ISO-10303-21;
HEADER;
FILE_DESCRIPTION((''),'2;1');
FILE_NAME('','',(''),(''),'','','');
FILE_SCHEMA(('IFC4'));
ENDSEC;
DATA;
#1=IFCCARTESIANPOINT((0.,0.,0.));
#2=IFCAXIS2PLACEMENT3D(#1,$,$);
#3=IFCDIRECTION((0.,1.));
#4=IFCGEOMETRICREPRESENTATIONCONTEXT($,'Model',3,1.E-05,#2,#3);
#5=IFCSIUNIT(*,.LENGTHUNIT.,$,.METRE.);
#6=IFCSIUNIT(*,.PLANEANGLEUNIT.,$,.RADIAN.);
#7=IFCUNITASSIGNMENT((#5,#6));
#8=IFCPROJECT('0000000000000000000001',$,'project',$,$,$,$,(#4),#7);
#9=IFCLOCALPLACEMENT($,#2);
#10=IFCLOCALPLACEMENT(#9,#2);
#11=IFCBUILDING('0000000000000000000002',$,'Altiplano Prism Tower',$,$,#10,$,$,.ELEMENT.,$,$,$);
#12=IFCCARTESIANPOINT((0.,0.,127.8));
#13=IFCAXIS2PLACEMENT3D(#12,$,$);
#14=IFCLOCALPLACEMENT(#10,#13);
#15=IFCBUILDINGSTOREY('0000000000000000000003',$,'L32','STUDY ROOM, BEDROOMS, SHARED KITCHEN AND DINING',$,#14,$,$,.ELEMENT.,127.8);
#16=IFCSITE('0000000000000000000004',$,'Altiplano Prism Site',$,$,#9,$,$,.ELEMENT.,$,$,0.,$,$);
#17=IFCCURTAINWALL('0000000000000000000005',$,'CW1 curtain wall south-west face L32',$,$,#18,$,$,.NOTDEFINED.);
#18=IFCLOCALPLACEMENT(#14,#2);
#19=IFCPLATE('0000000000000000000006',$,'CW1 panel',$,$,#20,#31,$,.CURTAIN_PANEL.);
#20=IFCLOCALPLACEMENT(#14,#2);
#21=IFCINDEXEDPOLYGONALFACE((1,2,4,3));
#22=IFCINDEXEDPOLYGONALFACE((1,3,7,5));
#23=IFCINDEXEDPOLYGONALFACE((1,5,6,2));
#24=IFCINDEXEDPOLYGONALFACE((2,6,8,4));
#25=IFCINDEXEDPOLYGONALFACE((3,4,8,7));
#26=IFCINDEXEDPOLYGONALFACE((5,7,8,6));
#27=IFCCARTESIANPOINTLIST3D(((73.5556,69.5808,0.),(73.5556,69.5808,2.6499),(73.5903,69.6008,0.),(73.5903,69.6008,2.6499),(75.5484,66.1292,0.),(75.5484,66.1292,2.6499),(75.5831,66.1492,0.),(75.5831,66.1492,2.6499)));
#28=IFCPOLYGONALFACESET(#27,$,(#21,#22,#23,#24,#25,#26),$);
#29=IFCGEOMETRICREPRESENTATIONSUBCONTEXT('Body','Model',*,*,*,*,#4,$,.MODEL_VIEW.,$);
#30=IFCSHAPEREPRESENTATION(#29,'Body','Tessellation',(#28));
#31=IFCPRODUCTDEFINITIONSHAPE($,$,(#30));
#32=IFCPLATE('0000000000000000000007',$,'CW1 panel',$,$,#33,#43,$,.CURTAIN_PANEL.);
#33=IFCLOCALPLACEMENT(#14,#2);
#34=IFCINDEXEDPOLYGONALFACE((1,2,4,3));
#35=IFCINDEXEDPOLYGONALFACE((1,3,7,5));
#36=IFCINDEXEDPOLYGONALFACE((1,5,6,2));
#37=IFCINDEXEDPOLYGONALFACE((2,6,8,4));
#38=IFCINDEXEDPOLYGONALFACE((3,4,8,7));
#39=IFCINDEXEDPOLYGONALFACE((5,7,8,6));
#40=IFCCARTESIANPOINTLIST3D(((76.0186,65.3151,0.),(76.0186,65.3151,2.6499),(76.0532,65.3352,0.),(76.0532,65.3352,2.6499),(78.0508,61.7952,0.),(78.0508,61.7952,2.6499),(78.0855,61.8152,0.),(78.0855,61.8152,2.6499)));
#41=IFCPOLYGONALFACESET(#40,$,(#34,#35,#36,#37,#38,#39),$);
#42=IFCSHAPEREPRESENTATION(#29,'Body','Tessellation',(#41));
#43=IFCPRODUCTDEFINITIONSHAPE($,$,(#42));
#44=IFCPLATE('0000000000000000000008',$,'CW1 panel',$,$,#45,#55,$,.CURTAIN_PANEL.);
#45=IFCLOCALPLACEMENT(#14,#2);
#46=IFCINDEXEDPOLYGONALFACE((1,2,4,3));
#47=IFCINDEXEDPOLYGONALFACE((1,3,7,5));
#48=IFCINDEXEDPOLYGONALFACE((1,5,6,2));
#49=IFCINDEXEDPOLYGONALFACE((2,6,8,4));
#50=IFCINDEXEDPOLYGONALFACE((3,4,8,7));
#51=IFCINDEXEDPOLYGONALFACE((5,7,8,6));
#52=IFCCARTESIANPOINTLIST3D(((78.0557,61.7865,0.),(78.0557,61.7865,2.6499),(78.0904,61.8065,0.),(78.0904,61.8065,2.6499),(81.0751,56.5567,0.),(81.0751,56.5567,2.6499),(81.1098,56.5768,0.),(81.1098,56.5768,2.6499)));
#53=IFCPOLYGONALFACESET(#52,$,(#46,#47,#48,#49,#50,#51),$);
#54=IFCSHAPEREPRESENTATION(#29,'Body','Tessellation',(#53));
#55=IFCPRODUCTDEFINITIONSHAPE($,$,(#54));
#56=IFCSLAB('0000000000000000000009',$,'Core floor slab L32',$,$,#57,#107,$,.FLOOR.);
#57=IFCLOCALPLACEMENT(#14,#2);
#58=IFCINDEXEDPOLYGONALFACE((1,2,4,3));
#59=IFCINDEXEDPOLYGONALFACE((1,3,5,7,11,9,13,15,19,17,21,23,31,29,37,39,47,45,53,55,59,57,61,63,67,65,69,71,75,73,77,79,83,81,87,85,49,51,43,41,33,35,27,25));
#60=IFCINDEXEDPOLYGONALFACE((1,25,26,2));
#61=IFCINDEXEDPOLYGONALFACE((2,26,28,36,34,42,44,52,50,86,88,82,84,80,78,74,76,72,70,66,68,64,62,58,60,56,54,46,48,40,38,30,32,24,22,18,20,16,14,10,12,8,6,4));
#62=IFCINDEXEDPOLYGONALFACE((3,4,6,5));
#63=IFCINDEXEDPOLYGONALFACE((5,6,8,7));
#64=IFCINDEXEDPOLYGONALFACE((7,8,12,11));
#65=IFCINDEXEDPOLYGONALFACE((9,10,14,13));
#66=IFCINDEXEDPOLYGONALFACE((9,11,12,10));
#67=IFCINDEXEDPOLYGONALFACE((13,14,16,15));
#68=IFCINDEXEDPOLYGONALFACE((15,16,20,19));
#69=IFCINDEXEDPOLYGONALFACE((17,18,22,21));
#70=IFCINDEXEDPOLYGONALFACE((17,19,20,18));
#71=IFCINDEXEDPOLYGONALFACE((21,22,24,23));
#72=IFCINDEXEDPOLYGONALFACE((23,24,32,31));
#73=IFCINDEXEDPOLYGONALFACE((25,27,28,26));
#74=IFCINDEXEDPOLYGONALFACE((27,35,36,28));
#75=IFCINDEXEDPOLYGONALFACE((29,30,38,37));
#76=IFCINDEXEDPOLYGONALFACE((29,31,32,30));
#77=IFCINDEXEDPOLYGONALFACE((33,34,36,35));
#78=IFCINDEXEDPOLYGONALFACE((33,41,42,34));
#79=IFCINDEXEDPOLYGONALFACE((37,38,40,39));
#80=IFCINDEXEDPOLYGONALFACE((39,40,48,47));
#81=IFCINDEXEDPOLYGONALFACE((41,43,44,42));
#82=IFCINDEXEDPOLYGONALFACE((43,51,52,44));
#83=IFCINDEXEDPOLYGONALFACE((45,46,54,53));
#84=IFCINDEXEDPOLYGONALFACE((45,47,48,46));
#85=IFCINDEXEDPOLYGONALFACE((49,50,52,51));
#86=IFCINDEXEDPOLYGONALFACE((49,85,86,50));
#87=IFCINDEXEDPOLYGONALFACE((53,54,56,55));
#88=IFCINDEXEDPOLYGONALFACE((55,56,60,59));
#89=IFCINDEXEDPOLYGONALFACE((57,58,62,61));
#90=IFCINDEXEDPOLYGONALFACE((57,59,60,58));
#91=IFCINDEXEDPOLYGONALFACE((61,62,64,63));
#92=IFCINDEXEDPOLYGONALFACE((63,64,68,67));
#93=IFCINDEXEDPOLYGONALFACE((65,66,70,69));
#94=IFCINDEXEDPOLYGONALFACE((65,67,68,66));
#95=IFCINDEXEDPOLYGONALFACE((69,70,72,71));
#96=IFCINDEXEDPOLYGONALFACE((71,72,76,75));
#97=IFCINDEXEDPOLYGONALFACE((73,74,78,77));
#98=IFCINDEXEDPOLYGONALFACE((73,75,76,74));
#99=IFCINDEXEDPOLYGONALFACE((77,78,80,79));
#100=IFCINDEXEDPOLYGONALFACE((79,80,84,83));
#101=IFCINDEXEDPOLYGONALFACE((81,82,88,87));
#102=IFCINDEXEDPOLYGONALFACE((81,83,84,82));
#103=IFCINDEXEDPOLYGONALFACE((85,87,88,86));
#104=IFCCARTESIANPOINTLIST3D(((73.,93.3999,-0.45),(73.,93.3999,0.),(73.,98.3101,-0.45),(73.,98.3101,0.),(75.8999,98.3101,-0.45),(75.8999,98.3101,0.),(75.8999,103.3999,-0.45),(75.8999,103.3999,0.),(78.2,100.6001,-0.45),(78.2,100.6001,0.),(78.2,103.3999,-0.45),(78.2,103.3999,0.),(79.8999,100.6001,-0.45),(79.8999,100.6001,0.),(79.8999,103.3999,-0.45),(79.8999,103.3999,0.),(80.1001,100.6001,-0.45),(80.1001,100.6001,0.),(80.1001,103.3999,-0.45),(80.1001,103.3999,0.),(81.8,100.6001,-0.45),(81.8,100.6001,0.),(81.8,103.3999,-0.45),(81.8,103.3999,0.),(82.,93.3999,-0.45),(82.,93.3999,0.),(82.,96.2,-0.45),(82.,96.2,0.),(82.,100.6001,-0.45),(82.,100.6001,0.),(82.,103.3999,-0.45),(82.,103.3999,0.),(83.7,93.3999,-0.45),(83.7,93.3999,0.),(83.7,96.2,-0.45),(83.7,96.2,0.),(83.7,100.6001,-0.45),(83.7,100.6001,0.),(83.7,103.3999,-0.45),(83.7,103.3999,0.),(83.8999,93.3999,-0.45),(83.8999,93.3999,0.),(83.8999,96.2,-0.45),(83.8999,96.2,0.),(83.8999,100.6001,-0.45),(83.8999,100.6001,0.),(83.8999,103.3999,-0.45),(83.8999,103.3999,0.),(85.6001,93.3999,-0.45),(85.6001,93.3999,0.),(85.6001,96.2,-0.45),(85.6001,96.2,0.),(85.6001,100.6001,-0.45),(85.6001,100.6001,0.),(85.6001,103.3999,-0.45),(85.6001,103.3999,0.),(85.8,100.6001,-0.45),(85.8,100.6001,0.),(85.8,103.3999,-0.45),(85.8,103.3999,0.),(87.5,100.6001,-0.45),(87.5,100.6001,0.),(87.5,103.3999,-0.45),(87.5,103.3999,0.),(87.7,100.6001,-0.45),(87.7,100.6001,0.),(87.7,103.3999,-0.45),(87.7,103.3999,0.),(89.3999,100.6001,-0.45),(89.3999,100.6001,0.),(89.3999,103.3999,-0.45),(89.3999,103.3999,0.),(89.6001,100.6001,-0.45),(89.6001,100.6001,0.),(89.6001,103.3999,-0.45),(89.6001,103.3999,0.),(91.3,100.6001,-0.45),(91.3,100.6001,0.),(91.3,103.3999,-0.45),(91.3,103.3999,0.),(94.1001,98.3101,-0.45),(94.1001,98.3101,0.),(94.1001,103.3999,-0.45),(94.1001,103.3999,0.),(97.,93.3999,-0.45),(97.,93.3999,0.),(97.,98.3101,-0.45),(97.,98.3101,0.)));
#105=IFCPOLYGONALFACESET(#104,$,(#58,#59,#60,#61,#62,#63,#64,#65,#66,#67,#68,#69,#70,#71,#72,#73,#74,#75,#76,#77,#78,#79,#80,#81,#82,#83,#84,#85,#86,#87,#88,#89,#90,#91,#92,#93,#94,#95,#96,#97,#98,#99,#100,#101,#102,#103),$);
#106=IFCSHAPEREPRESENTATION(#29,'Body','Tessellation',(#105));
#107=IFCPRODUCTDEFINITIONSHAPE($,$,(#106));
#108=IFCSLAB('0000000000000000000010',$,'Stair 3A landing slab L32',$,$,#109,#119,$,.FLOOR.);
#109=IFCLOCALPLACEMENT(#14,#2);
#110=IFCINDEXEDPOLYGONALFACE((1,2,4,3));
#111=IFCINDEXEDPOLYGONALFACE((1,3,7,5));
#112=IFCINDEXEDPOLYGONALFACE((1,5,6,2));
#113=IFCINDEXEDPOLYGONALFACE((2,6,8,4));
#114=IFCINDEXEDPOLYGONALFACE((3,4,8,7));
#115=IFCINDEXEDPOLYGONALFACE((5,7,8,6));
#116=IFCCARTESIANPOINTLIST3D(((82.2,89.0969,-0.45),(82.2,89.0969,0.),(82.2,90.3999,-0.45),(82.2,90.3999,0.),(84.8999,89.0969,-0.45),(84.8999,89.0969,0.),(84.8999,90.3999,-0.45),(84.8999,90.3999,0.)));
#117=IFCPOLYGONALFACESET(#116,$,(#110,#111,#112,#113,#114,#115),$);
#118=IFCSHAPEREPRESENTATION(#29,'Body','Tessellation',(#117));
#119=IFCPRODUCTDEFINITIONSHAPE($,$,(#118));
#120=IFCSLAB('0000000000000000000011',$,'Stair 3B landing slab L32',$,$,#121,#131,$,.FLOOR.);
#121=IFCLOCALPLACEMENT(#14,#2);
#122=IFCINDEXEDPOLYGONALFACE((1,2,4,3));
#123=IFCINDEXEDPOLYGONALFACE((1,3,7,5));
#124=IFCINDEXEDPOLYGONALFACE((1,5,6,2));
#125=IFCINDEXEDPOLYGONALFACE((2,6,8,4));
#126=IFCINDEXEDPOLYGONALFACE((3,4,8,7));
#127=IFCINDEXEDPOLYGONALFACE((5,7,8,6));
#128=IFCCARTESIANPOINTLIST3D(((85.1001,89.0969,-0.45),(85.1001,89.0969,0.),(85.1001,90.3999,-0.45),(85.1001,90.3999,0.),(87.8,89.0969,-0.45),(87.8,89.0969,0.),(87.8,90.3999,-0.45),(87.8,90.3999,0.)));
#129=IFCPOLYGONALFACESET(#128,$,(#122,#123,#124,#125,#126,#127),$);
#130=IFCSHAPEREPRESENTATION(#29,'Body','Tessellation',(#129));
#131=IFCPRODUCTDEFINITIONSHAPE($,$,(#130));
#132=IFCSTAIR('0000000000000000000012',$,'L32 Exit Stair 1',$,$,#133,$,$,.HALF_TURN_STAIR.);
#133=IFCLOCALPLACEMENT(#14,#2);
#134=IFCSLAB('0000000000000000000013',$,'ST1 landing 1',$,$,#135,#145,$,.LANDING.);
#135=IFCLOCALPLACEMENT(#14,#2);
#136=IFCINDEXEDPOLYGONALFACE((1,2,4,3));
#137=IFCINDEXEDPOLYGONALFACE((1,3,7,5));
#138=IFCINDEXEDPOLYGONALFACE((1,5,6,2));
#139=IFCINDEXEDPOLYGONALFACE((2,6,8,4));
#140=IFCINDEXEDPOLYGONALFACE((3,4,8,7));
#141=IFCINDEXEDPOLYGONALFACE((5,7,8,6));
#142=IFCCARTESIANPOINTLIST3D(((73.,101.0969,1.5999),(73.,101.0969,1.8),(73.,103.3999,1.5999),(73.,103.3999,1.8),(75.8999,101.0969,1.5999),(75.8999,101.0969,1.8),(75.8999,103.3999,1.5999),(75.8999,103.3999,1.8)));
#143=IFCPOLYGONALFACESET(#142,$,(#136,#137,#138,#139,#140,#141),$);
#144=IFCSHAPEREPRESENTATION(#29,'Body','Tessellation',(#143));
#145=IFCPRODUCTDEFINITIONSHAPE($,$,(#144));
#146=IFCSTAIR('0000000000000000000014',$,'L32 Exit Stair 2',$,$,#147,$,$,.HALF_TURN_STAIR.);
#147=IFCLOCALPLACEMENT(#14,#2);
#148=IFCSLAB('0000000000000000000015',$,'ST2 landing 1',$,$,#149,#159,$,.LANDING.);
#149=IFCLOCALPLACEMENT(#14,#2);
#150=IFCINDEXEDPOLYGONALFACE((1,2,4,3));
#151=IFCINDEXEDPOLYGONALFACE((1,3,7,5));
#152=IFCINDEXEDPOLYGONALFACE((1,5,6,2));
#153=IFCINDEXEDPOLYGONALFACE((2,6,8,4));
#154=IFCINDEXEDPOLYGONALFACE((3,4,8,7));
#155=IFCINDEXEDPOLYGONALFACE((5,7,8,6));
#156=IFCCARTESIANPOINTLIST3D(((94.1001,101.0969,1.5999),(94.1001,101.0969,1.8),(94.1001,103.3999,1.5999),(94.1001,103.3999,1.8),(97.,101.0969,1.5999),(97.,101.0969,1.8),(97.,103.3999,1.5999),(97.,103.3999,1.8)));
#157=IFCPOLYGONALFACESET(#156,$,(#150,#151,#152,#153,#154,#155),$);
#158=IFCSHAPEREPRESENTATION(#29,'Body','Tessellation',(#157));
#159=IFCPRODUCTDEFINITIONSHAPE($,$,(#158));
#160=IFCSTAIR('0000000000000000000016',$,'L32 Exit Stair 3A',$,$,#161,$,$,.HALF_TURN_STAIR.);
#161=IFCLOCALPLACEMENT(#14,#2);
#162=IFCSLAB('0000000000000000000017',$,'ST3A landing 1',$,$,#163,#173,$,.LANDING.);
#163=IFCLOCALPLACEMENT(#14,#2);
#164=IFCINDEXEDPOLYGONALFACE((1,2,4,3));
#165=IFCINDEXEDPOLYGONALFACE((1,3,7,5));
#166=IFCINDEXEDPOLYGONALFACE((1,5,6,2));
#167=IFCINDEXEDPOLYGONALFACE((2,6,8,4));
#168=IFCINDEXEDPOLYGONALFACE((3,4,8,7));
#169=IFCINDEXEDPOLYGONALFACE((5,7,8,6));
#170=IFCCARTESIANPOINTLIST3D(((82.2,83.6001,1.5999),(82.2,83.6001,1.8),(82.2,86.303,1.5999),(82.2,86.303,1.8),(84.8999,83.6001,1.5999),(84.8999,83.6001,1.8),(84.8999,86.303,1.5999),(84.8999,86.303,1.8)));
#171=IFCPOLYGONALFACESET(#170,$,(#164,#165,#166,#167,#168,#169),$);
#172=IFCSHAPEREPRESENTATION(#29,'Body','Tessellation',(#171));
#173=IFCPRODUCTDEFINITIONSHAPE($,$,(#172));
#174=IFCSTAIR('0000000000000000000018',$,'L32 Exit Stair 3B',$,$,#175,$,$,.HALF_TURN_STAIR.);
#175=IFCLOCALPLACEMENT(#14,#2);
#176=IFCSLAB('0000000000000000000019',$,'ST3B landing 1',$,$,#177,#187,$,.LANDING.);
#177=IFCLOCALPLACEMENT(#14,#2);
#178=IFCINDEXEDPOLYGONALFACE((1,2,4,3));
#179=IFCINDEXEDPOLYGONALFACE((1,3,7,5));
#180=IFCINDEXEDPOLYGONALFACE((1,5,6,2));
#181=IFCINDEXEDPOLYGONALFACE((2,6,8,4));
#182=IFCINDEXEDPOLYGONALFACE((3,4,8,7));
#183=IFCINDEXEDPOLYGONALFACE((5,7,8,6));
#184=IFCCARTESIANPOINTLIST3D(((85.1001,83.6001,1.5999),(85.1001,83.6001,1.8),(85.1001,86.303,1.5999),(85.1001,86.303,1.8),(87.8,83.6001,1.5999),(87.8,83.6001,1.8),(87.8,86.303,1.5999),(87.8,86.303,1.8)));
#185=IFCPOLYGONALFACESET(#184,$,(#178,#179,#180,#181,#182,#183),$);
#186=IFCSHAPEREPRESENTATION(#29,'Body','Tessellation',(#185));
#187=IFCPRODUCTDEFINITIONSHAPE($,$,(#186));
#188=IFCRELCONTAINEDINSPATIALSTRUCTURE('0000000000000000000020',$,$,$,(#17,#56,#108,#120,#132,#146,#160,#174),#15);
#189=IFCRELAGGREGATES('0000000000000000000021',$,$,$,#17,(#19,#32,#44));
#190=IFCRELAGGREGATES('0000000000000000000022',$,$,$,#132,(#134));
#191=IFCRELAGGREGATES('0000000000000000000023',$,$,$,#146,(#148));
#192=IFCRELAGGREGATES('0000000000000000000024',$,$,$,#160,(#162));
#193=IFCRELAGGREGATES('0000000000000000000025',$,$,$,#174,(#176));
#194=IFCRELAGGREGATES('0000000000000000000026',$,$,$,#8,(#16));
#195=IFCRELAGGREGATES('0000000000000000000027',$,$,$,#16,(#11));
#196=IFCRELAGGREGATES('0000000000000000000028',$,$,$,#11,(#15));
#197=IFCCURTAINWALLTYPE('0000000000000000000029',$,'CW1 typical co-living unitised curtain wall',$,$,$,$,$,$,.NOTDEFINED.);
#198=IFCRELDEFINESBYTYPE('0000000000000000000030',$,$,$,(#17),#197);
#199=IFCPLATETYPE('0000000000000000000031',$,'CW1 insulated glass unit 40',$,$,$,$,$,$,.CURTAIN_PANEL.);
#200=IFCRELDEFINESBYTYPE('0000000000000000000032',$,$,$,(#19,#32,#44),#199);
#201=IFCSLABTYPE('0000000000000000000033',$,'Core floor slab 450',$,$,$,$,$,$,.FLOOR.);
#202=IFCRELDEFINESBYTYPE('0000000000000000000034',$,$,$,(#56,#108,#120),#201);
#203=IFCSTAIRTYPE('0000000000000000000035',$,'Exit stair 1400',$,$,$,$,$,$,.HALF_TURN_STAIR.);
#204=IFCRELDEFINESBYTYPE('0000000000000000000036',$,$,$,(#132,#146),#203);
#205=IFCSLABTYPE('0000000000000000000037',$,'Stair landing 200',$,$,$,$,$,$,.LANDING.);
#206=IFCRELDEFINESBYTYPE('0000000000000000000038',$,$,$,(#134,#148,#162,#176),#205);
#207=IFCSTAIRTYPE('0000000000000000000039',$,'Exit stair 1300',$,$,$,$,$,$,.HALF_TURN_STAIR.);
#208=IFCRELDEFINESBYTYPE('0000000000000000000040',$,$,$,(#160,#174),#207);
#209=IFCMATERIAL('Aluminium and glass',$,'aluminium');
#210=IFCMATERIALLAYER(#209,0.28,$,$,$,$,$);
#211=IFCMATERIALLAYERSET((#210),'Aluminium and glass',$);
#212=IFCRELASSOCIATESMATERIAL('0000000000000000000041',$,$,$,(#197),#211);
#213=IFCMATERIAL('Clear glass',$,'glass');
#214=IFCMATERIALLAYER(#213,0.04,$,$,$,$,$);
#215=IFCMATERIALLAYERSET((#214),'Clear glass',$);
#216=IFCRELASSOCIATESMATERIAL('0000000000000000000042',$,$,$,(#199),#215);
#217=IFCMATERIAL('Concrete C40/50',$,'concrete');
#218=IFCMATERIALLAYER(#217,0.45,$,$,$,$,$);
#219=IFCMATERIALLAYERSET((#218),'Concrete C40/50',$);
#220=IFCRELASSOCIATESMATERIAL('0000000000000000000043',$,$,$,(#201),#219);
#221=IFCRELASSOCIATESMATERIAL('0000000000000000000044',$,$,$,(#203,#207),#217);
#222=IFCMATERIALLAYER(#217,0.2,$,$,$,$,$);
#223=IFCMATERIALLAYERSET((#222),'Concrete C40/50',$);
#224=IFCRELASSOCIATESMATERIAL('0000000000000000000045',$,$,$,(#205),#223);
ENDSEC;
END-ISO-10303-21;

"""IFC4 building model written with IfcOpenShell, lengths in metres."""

from ifc_helpers import new_model, si_unit, direction, frame, origin, origin_2d, place, context, subcontext, project, spatial, polyline, rectangle, outline, extrude, material, layer, layer_set, type_object, element, aggregate, save


model = new_model("IFC4")

# Units and contexts
model_context = context("Model", 3, precision=1e-05, world=origin(), true_north=direction((0.0, 1.0)))
body_context = subcontext(model_context, "Body", "Model", "MODEL_VIEW")
ifc_project = project(units=[si_unit("LENGTHUNIT", "METRE"), si_unit("PLANEANGLEUNIT", "RADIAN")], contexts=[model_context])

# Site, building, storey
site_placement = place(None, origin())
site = spatial("IfcSite", under=ifc_project, at=site_placement, Name="Altiplano Prism Site", CompositionType="ELEMENT", RefElevation=0.0)
building_placement = place(site_placement, origin())
building = spatial("IfcBuilding", under=site, at=building_placement, Name="Altiplano Prism Tower", CompositionType="ELEMENT")
storey_placement = place(building_placement, frame((0.0, 0.0, 127.8)))
storey = spatial("IfcBuildingStorey", under=building, at=storey_placement, Name="L32", Description="STUDY ROOM, BEDROOMS, SHARED KITCHEN AND DINING", CompositionType="ELEMENT", Elevation=127.8)

# Curtain wall
ifc_material_1 = material(Name="Aluminium and glass", Category="aluminium")
ifc_layer_1 = layer(ifc_material_1, 0.28)
ifc_layer_set_1 = layer_set([ifc_layer_1], Name="Aluminium and glass")
curtain_wall_type = type_object("IfcCurtainWallType", Name="CW1 typical co-living unitised curtain wall", PredefinedType="NOTDEFINED", material=ifc_layer_set_1)
curtain_wall_placement = place(storey_placement, origin())
curtain_wall = element("IfcCurtainWall", 1, at=curtain_wall_placement, inside=storey, type_object=curtain_wall_type, Name="CW1 curtain wall south-west face L32", PredefinedType="NOTDEFINED")

# Plates
ifc_material_2 = material(Name="Clear glass", Category="glass")
ifc_layer_2 = layer(ifc_material_2, 0.04)
ifc_layer_set_2 = layer_set([ifc_layer_2], Name="Clear glass")
plate_type = type_object("IfcPlateType", Name="CW1 insulated glass unit 40", PredefinedType="CURTAIN_PANEL", material=ifc_layer_set_2)
plate_1_placement = place(storey_placement, frame((74.5693, 67.865, 0.0), z_axis=(0.0, 0.0, 1.0), x_axis=(0.5, -0.866025, 0.0)))
plate_1 = element("IfcPlate", 2, at=plate_1_placement, type_object=plate_type, Name="CW1 panel", PredefinedType="CURTAIN_PANEL", context=body_context, shape_type="SweptSolid", body=[
    extrude(rectangle(XDim=3.9856, YDim=0.04, at=origin_2d()), origin(), (0.0, 0.0, 1.0), 2.6499),
])
plate_2_placement = place(storey_placement, frame((77.052, 63.5652, 0.0), z_axis=(0.0, 0.0, 1.0), x_axis=(0.5, -0.866025, 0.0)))
plate_2 = element("IfcPlate", 3, at=plate_2_placement, type_object=plate_type, Name="CW1 panel", PredefinedType="CURTAIN_PANEL", context=body_context, shape_type="SweptSolid", body=[
    extrude(rectangle(XDim=4.0645, YDim=0.04, at=origin_2d()), origin(), (0.0, 0.0, 1.0), 2.6499),
])
plate_3_placement = place(storey_placement, frame((79.5828, 59.1816, 0.0), z_axis=(0.0, 0.0, 1.0), x_axis=(0.5, -0.866025, 0.0)))
plate_3 = element("IfcPlate", 4, at=plate_3_placement, type_object=plate_type, Name="CW1 panel", PredefinedType="CURTAIN_PANEL", context=body_context, shape_type="SweptSolid", body=[
    extrude(rectangle(XDim=6.0388, YDim=0.04, at=origin_2d()), origin(), (0.0, 0.0, 1.0), 2.6499),
])
aggregate(curtain_wall, [plate_1, plate_2, plate_3])

# Slabs
ifc_material_3 = material(Name="Concrete C40/50", Category="concrete")
ifc_layer_3 = layer(ifc_material_3, 0.45)
ifc_layer_set_3 = layer_set([ifc_layer_3], Name="Concrete C40/50")
slab_type_1 = type_object("IfcSlabType", Name="Core floor slab 450", PredefinedType="FLOOR", material=ifc_layer_set_3)
slab_1_placement = place(storey_placement, frame((0.0, 0.0, -0.45)))
element("IfcSlab", 5, at=slab_1_placement, inside=storey, type_object=slab_type_1, Name="Core floor slab L32", PredefinedType="FLOOR", context=body_context, shape_type="SweptSolid", body=[
    extrude(outline(polyline([(97.0, 98.3101), (94.1001, 98.3101), (94.1001, 103.3999), (91.3, 103.3999), (91.3, 100.6001), (89.6001, 100.6001), (89.6001, 103.3999), (89.3999, 103.3999), (89.3999, 100.6001), (87.7, 100.6001), (87.7, 103.3999), (87.5, 103.3999), (87.5, 100.6001), (85.8, 100.6001), (85.8, 103.3999), (85.6001, 103.3999), (85.6001, 100.6001), (83.8999, 100.6001), (83.8999, 103.3999), (83.7, 103.3999), (83.7, 100.6001), (82.0, 100.6001), (82.0, 103.3999), (81.8, 103.3999), (81.8, 100.6001), (80.1001, 100.6001), (80.1001, 103.3999), (79.8999, 103.3999), (79.8999, 100.6001), (78.2, 100.6001), (78.2, 103.3999), (75.8999, 103.3999), (75.8999, 98.3101), (73.0, 98.3101), (73.0, 93.3999), (82.0, 93.3999), (82.0, 96.2), (83.7, 96.2), (83.7, 93.3999), (83.8999, 93.3999), (83.8999, 96.2), (85.6001, 96.2), (85.6001, 93.3999), (97.0, 93.3999), (97.0, 98.3101)])), origin(), (0.0, 0.0, 1.0), 0.45),
])
slab_2_placement = place(storey_placement, frame((0.0, 0.0, -0.45)))
element("IfcSlab", 6, at=slab_2_placement, inside=storey, type_object=slab_type_1, Name="Stair 3A landing slab L32", PredefinedType="FLOOR", context=body_context, shape_type="SweptSolid", body=[
    extrude(outline(polyline([(82.2, 89.0969), (84.8999, 89.0969), (84.8999, 90.3999), (82.2, 90.3999), (82.2, 89.0969)])), origin(), (0.0, 0.0, 1.0), 0.45),
])
slab_3_placement = place(storey_placement, frame((0.0, 0.0, -0.45)))
element("IfcSlab", 7, at=slab_3_placement, inside=storey, type_object=slab_type_1, Name="Stair 3B landing slab L32", PredefinedType="FLOOR", context=body_context, shape_type="SweptSolid", body=[
    extrude(outline(polyline([(85.1001, 89.0969), (87.8, 89.0969), (87.8, 90.3999), (85.1001, 90.3999), (85.1001, 89.0969)])), origin(), (0.0, 0.0, 1.0), 0.45),
])

# Stairs, slabs
stair_type_1 = type_object("IfcStairType", Name="Exit stair 1400", PredefinedType="HALF_TURN_STAIR", material=ifc_material_3)
stair_1_placement = place(storey_placement, origin())
stair_1 = element("IfcStair", 8, at=stair_1_placement, inside=storey, type_object=stair_type_1, Name="L32 Exit Stair 1", PredefinedType="HALF_TURN_STAIR")
ifc_layer_4 = layer(ifc_material_3, 0.2)
ifc_layer_set_4 = layer_set([ifc_layer_4], Name="Concrete C40/50")
slab_type_2 = type_object("IfcSlabType", Name="Stair landing 200", PredefinedType="LANDING", material=ifc_layer_set_4)
slab_4_placement = place(storey_placement, frame((0.0, 0.0, 1.5999)))
slab_4 = element("IfcSlab", 9, at=slab_4_placement, type_object=slab_type_2, Name="ST1 landing 1", PredefinedType="LANDING", context=body_context, shape_type="SweptSolid", body=[
    extrude(outline(polyline([(75.8999, 101.0969), (75.8999, 103.3999), (73.0, 103.3999), (73.0, 101.0969), (75.8999, 101.0969)])), origin(), (0.0, 0.0, 1.0), 0.2002),
])
aggregate(stair_1, [slab_4])
stair_2_placement = place(storey_placement, origin())
stair_2 = element("IfcStair", 10, at=stair_2_placement, inside=storey, type_object=stair_type_1, Name="L32 Exit Stair 2", PredefinedType="HALF_TURN_STAIR")
slab_5_placement = place(storey_placement, frame((0.0, 0.0, 1.5999)))
slab_5 = element("IfcSlab", 11, at=slab_5_placement, type_object=slab_type_2, Name="ST2 landing 1", PredefinedType="LANDING", context=body_context, shape_type="SweptSolid", body=[
    extrude(outline(polyline([(97.0, 101.0969), (97.0, 103.3999), (94.1001, 103.3999), (94.1001, 101.0969), (97.0, 101.0969)])), origin(), (0.0, 0.0, 1.0), 0.2002),
])
aggregate(stair_2, [slab_5])
stair_type_2 = type_object("IfcStairType", Name="Exit stair 1300", PredefinedType="HALF_TURN_STAIR", material=ifc_material_3)
stair_3_placement = place(storey_placement, origin())
stair_3 = element("IfcStair", 12, at=stair_3_placement, inside=storey, type_object=stair_type_2, Name="L32 Exit Stair 3A", PredefinedType="HALF_TURN_STAIR")
slab_6_placement = place(storey_placement, frame((0.0, 0.0, 1.5999)))
slab_6 = element("IfcSlab", 13, at=slab_6_placement, type_object=slab_type_2, Name="ST3A landing 1", PredefinedType="LANDING", context=body_context, shape_type="SweptSolid", body=[
    extrude(outline(polyline([(82.2, 86.303), (82.2, 83.6001), (84.8999, 83.6001), (84.8999, 86.303), (82.2, 86.303)])), origin(), (0.0, 0.0, 1.0), 0.2002),
])
aggregate(stair_3, [slab_6])
stair_4_placement = place(storey_placement, origin())
stair_4 = element("IfcStair", 14, at=stair_4_placement, inside=storey, type_object=stair_type_2, Name="L32 Exit Stair 3B", PredefinedType="HALF_TURN_STAIR")
slab_7_placement = place(storey_placement, frame((0.0, 0.0, 1.5999)))
slab_7 = element("IfcSlab", 15, at=slab_7_placement, type_object=slab_type_2, Name="ST3B landing 1", PredefinedType="LANDING", context=body_context, shape_type="SweptSolid", body=[
    extrude(outline(polyline([(85.1001, 86.303), (85.1001, 83.6001), (87.8, 83.6001), (87.8, 86.303), (85.1001, 86.303)])), origin(), (0.0, 0.0, 1.0), 0.2002),
])
aggregate(stair_4, [slab_7])

save(model, "model.ifc")
